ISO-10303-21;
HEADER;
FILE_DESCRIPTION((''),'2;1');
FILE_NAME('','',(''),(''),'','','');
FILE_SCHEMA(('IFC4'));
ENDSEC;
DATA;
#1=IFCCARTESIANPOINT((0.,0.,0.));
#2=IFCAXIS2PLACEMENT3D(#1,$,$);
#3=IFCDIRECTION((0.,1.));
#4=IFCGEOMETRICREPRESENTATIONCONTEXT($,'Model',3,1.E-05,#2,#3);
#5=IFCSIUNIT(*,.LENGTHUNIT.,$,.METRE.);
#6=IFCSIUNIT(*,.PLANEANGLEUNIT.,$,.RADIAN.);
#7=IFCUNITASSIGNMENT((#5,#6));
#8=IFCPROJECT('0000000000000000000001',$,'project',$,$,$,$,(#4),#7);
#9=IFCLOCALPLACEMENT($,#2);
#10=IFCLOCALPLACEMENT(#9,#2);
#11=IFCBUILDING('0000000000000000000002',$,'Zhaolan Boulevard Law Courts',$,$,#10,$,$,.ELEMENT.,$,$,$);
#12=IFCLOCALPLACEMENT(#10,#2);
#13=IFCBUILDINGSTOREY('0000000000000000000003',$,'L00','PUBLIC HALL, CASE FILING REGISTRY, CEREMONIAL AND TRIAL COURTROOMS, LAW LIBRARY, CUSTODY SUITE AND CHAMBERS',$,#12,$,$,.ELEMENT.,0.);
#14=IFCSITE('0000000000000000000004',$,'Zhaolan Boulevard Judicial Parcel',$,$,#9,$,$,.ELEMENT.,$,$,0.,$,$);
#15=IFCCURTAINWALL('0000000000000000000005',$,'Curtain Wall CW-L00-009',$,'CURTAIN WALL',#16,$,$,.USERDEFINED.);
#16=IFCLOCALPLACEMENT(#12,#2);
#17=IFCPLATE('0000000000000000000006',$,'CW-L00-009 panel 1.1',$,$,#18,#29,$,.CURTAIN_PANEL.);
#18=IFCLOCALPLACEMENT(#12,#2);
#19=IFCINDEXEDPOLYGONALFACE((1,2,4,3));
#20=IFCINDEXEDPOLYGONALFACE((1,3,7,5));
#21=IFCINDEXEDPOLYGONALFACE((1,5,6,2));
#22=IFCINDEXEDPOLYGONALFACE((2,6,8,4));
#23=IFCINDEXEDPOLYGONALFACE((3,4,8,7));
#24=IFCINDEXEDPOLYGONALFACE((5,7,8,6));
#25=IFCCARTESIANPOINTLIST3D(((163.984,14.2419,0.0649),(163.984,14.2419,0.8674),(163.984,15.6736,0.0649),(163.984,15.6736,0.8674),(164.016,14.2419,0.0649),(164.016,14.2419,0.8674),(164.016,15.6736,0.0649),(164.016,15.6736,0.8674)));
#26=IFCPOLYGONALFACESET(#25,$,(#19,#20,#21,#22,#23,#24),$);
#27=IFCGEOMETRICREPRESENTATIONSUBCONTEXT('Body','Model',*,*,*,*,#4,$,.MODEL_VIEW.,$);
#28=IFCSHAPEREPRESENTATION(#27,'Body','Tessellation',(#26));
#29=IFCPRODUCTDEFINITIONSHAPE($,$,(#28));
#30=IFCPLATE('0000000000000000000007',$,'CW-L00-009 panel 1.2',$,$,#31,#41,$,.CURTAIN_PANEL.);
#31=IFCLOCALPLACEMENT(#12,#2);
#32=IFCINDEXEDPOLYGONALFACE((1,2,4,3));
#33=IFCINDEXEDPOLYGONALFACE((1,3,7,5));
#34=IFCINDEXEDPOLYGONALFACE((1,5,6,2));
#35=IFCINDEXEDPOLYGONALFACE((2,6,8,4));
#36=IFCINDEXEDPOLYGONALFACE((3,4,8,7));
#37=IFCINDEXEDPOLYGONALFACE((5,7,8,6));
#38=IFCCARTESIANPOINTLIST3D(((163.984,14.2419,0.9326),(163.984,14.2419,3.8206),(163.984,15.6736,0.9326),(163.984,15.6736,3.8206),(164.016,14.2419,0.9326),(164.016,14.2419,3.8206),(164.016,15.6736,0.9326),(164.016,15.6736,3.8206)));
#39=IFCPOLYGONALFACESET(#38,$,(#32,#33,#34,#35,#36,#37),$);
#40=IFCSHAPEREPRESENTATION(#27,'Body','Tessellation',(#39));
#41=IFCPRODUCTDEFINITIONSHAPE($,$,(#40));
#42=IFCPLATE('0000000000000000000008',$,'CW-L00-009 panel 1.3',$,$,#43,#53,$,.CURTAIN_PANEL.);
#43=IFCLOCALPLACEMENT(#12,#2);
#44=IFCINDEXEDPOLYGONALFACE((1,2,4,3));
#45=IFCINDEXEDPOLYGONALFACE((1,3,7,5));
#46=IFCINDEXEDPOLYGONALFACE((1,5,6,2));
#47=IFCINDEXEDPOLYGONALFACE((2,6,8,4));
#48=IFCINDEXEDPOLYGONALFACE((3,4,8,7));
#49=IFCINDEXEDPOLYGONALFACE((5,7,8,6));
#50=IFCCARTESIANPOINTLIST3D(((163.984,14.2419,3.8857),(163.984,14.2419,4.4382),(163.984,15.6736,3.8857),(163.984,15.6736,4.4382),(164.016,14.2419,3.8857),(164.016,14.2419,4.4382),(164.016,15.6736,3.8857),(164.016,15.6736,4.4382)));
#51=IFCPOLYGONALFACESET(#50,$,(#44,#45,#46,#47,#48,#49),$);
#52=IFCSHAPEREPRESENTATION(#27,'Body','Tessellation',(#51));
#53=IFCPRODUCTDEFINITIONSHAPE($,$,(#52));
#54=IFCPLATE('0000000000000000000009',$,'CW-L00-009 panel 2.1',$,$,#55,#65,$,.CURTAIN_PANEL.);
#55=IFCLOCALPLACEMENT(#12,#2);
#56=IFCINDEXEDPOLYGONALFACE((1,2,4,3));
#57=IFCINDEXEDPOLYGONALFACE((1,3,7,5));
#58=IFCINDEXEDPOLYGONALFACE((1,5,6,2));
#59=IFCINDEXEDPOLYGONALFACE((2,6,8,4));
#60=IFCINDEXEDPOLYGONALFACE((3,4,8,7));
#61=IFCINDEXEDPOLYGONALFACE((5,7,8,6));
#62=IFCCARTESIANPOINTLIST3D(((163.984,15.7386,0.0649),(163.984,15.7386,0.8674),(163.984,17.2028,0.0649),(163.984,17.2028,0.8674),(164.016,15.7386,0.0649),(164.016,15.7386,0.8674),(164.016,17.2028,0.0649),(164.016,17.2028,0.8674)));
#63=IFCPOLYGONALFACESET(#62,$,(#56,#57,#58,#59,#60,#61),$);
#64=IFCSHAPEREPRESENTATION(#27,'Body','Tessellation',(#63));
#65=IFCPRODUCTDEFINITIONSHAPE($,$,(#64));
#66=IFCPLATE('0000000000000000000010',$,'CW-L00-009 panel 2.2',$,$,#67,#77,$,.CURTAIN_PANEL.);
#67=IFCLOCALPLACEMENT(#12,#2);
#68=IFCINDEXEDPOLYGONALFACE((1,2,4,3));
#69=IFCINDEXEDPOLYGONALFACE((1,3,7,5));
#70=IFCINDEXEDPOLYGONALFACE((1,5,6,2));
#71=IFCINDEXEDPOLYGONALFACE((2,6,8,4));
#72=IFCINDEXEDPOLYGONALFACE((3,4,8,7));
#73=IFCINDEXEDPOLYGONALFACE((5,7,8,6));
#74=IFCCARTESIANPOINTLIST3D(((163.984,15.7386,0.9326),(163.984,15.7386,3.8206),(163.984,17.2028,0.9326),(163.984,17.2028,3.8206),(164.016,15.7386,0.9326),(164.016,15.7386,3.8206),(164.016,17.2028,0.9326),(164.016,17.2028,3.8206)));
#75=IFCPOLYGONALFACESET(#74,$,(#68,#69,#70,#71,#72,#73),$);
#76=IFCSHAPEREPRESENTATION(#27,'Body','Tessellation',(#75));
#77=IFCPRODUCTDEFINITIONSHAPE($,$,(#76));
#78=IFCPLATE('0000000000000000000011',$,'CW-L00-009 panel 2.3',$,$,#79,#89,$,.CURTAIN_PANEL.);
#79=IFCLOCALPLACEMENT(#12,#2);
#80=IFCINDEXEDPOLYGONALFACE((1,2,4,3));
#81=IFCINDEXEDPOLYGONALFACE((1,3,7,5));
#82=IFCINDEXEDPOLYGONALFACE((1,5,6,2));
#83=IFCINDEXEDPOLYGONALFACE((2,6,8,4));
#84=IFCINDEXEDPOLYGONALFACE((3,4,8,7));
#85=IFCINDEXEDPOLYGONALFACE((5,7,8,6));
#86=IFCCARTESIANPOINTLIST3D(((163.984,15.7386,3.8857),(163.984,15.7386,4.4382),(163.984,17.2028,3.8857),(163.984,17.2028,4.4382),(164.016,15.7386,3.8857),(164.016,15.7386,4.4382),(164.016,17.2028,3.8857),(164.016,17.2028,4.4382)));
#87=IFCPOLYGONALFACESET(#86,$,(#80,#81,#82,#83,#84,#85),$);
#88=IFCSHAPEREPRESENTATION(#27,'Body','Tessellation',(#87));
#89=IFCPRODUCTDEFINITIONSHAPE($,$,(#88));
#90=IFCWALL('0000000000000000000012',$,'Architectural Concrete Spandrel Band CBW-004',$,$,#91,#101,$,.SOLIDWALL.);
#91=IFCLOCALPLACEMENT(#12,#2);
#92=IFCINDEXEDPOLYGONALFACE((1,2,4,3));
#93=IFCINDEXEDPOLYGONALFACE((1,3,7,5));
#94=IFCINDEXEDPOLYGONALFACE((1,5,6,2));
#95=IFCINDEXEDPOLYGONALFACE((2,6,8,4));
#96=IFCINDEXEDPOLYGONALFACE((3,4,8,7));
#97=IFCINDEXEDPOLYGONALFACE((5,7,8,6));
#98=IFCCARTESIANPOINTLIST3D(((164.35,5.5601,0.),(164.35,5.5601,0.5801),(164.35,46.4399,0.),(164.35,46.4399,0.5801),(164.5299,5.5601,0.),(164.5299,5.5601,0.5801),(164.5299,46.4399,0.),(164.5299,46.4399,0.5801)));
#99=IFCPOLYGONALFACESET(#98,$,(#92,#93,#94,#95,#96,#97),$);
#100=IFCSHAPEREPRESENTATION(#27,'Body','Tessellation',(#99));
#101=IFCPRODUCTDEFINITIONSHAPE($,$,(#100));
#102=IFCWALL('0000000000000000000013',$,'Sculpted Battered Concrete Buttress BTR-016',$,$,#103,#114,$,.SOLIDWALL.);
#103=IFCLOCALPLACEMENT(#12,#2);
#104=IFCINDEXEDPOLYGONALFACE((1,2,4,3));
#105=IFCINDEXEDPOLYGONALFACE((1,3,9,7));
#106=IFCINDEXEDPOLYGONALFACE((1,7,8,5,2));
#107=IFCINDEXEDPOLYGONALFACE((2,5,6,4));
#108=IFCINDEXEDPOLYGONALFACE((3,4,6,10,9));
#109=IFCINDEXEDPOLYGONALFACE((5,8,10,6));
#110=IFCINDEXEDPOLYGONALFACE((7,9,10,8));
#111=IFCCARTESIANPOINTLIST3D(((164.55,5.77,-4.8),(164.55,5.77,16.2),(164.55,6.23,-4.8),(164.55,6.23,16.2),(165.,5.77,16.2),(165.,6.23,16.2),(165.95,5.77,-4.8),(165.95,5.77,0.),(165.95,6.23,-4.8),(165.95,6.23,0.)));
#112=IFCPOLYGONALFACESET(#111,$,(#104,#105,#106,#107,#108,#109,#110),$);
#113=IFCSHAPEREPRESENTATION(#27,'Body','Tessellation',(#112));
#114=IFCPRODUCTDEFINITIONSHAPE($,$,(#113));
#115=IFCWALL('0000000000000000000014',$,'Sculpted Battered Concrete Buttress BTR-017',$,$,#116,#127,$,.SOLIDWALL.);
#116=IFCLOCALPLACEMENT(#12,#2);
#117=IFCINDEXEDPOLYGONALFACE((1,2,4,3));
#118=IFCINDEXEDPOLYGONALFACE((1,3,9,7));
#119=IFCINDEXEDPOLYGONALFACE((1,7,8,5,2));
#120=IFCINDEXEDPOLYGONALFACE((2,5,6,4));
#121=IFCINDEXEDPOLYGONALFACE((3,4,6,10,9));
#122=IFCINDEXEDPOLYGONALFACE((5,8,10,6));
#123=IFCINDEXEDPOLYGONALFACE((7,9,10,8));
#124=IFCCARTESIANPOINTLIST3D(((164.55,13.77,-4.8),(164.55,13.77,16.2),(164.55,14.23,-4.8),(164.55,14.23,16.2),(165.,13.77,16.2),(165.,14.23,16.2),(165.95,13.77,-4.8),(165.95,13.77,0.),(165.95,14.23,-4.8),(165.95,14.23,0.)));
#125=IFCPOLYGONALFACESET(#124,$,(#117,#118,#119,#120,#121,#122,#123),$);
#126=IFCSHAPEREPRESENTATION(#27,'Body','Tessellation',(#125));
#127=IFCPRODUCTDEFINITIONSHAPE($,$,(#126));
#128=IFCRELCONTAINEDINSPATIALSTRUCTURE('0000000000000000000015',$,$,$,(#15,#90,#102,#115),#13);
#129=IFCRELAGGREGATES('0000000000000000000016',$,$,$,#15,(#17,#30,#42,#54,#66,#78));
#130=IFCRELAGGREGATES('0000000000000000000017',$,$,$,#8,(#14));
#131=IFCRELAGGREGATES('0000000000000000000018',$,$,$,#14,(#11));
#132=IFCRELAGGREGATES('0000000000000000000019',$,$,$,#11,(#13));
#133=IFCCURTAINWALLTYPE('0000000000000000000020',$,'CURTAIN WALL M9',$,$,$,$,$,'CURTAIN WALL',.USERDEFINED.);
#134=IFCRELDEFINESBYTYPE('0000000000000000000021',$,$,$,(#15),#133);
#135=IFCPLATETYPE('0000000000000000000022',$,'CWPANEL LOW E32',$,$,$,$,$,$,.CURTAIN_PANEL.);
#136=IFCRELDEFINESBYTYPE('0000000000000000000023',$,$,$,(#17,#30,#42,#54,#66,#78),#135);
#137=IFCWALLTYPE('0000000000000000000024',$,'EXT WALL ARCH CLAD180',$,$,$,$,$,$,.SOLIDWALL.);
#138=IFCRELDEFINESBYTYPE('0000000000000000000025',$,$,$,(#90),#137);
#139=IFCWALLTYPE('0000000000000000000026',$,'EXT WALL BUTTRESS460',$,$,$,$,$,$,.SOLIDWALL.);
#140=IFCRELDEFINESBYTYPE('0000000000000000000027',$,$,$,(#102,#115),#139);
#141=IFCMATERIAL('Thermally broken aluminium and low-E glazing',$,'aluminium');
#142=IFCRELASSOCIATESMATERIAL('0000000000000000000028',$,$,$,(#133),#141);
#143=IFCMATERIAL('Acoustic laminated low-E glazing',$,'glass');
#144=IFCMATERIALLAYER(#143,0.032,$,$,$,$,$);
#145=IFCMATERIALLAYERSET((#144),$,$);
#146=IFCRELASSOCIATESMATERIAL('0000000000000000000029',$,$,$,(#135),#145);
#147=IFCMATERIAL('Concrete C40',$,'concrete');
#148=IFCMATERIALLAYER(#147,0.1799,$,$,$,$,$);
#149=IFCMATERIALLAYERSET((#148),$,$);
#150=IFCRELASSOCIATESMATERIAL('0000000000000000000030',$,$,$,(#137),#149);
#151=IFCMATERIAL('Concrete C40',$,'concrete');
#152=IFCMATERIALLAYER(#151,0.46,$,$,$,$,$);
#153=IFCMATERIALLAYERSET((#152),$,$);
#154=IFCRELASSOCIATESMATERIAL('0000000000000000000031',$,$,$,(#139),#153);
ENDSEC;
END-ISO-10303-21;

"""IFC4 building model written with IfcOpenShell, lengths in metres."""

from ifc_helpers import new_model, si_unit, direction, frame, frame_2d, origin, origin_2d, place, context, subcontext, project, spatial, polyline, rectangle, outline, extrude, material, layer, layer_set, type_object, element, aggregate, save


model = new_model("IFC4")

# Units and contexts
model_context = context("Model", 3, precision=1e-05, world=origin(), true_north=direction((0.0, 1.0)))
body_context = subcontext(model_context, "Body", "Model", "MODEL_VIEW")
ifc_project = project(units=[si_unit("LENGTHUNIT", "METRE"), si_unit("PLANEANGLEUNIT", "RADIAN")], contexts=[model_context])

# Site, building, storey
site_placement = place(None, origin())
site = spatial("IfcSite", under=ifc_project, at=site_placement, Name="Zhaolan Boulevard Judicial Parcel", CompositionType="ELEMENT", RefElevation=0.0)
building_placement = place(site_placement, origin())
building = spatial("IfcBuilding", under=site, at=building_placement, Name="Zhaolan Boulevard Law Courts", CompositionType="ELEMENT")
storey_placement = place(building_placement, origin())
storey = spatial("IfcBuildingStorey", under=building, at=storey_placement, Name="L00", Description="PUBLIC HALL, CASE FILING REGISTRY, CEREMONIAL AND TRIAL COURTROOMS, LAW LIBRARY, CUSTODY SUITE AND CHAMBERS", CompositionType="ELEMENT", Elevation=0.0)

# Curtain wall, plates
ifc_material_1 = material(Name="Thermally broken aluminium and low-E glazing", Category="aluminium")
curtain_wall_type = type_object("IfcCurtainWallType", Name="CURTAIN WALL M9", ElementType="CURTAIN WALL", PredefinedType="USERDEFINED", material=ifc_material_1)
curtain_wall_placement = place(storey_placement, origin())
curtain_wall = element("IfcCurtainWall", 1, at=curtain_wall_placement, inside=storey, type_object=curtain_wall_type, Name="Curtain Wall CW-L00-009", ObjectType="CURTAIN WALL", PredefinedType="USERDEFINED")
ifc_material_2 = material(Name="Acoustic laminated low-E glazing", Category="glass")
ifc_layer_1 = layer(ifc_material_2, 0.032)
ifc_layer_set_1 = layer_set([ifc_layer_1])
plate_type = type_object("IfcPlateType", Name="CWPANEL LOW E32", PredefinedType="CURTAIN_PANEL", material=ifc_layer_set_1)
plate_1_placement = place(storey_placement, frame((164.0, 14.9578, 0.0649), z_axis=(0.0, 0.0, 1.0), x_axis=(0.0, 1.0, 0.0)))
plate_1 = element("IfcPlate", 2, at=plate_1_placement, type_object=plate_type, Name="CW-L00-009 panel 1.1", PredefinedType="CURTAIN_PANEL", context=body_context, shape_type="SweptSolid", body=[
    extrude(rectangle(XDim=1.4316, YDim=0.032, at=origin_2d()), origin(), (0.0, 0.0, 1.0), 0.8025),
])
plate_2_placement = place(storey_placement, frame((164.0, 14.9578, 0.9326), z_axis=(0.0, 0.0, 1.0), x_axis=(0.0, 1.0, 0.0)))
plate_2 = element("IfcPlate", 3, at=plate_2_placement, type_object=plate_type, Name="CW-L00-009 panel 1.2", PredefinedType="CURTAIN_PANEL", context=body_context, shape_type="SweptSolid", body=[
    extrude(rectangle(XDim=1.4316, YDim=0.032, at=origin_2d()), origin(), (0.0, 0.0, 1.0), 2.8879),
])
plate_3_placement = place(storey_placement, frame((164.0, 14.9578, 3.8857), z_axis=(0.0, 0.0, 1.0), x_axis=(0.0, 1.0, 0.0)))
plate_3 = element("IfcPlate", 4, at=plate_3_placement, type_object=plate_type, Name="CW-L00-009 panel 1.3", PredefinedType="CURTAIN_PANEL", context=body_context, shape_type="SweptSolid", body=[
    extrude(rectangle(XDim=1.4316, YDim=0.032, at=origin_2d()), origin(), (0.0, 0.0, 1.0), 0.5525),
])
plate_4_placement = place(storey_placement, frame((164.0, 16.4707, 0.0649), z_axis=(0.0, 0.0, 1.0), x_axis=(0.0, 1.0, 0.0)))
plate_4 = element("IfcPlate", 5, at=plate_4_placement, type_object=plate_type, Name="CW-L00-009 panel 2.1", PredefinedType="CURTAIN_PANEL", context=body_context, shape_type="SweptSolid", body=[
    extrude(rectangle(XDim=1.4641, YDim=0.032, at=origin_2d()), origin(), (0.0, 0.0, 1.0), 0.8025),
])
plate_5_placement = place(storey_placement, frame((164.0, 16.4707, 0.9326), z_axis=(0.0, 0.0, 1.0), x_axis=(0.0, 1.0, 0.0)))
plate_5 = element("IfcPlate", 6, at=plate_5_placement, type_object=plate_type, Name="CW-L00-009 panel 2.2", PredefinedType="CURTAIN_PANEL", context=body_context, shape_type="SweptSolid", body=[
    extrude(rectangle(XDim=1.4641, YDim=0.032, at=origin_2d()), origin(), (0.0, 0.0, 1.0), 2.8879),
])
plate_6_placement = place(storey_placement, frame((164.0, 16.4707, 3.8857), z_axis=(0.0, 0.0, 1.0), x_axis=(0.0, 1.0, 0.0)))
plate_6 = element("IfcPlate", 7, at=plate_6_placement, type_object=plate_type, Name="CW-L00-009 panel 2.3", PredefinedType="CURTAIN_PANEL", context=body_context, shape_type="SweptSolid", body=[
    extrude(rectangle(XDim=1.4641, YDim=0.032, at=origin_2d()), origin(), (0.0, 0.0, 1.0), 0.5525),
])
aggregate(curtain_wall, [plate_1, plate_2, plate_3, plate_4, plate_5, plate_6])

# Walls
ifc_material_3 = material(Name="Concrete C40", Category="concrete")
ifc_layer_2 = layer(ifc_material_3, 0.1799)
ifc_layer_set_2 = layer_set([ifc_layer_2])
wall_type_1 = type_object("IfcWallType", Name="EXT WALL ARCH CLAD180", PredefinedType="SOLIDWALL", material=ifc_layer_set_2)
wall_placement = place(storey_placement, frame((164.4399, 5.5601, 0.0), z_axis=(0.0, 0.0, 1.0), x_axis=(0.0, 1.0, 0.0)))
element("IfcWall", 8, at=wall_placement, inside=storey, type_object=wall_type_1, Name="Architectural Concrete Spandrel Band CBW-004", PredefinedType="SOLIDWALL", context=body_context, shape_type="SweptSolid", body=[
    extrude(rectangle(XDim=40.8799, YDim=0.1799, at=frame_2d((20.4399, 0.0))), origin(), (0.0, 0.0, 1.0), 0.5801),
])
ifc_material_4 = material(Name="Concrete C40", Category="concrete")
ifc_layer_3 = layer(ifc_material_4, 0.46)
ifc_layer_set_3 = layer_set([ifc_layer_3])
wall_type_2 = type_object("IfcWallType", Name="EXT WALL BUTTRESS460", PredefinedType="SOLIDWALL", material=ifc_layer_set_3)
for number, where, z_axis, x_axis, name in (
    (9, (164.55, 6.0, -4.8), (0.0, 0.0, 1.0), (1.0, 0.0, 0.0), "Sculpted Battered Concrete Buttress BTR-016"),
    (10, (164.55, 14.0, -4.8), (0.0, 0.0, 1.0), (1.0, 0.0, 0.0), "Sculpted Battered Concrete Buttress BTR-017"),
):
    element("IfcWall", number, at=place(storey_placement, frame(where, z_axis=z_axis, x_axis=x_axis)), inside=storey, type_object=wall_type_2, Name=name, PredefinedType="SOLIDWALL", context=body_context, shape_type="SweptSolid", body=[
        extrude(outline(polyline([(0.0, 0.0), (1.3999, 0.0), (1.3999, 4.8), (0.45, 21.0), (0.0, 21.0), (0.0, 0.0)])), frame((0.0, 0.23, 0.0), z_axis=(0.0, -1.0, 0.0), x_axis=(1.0, 0.0, 0.0)), (0.0, 0.0, 1.0), 0.46),
    ])

save(model, "model.ifc")
